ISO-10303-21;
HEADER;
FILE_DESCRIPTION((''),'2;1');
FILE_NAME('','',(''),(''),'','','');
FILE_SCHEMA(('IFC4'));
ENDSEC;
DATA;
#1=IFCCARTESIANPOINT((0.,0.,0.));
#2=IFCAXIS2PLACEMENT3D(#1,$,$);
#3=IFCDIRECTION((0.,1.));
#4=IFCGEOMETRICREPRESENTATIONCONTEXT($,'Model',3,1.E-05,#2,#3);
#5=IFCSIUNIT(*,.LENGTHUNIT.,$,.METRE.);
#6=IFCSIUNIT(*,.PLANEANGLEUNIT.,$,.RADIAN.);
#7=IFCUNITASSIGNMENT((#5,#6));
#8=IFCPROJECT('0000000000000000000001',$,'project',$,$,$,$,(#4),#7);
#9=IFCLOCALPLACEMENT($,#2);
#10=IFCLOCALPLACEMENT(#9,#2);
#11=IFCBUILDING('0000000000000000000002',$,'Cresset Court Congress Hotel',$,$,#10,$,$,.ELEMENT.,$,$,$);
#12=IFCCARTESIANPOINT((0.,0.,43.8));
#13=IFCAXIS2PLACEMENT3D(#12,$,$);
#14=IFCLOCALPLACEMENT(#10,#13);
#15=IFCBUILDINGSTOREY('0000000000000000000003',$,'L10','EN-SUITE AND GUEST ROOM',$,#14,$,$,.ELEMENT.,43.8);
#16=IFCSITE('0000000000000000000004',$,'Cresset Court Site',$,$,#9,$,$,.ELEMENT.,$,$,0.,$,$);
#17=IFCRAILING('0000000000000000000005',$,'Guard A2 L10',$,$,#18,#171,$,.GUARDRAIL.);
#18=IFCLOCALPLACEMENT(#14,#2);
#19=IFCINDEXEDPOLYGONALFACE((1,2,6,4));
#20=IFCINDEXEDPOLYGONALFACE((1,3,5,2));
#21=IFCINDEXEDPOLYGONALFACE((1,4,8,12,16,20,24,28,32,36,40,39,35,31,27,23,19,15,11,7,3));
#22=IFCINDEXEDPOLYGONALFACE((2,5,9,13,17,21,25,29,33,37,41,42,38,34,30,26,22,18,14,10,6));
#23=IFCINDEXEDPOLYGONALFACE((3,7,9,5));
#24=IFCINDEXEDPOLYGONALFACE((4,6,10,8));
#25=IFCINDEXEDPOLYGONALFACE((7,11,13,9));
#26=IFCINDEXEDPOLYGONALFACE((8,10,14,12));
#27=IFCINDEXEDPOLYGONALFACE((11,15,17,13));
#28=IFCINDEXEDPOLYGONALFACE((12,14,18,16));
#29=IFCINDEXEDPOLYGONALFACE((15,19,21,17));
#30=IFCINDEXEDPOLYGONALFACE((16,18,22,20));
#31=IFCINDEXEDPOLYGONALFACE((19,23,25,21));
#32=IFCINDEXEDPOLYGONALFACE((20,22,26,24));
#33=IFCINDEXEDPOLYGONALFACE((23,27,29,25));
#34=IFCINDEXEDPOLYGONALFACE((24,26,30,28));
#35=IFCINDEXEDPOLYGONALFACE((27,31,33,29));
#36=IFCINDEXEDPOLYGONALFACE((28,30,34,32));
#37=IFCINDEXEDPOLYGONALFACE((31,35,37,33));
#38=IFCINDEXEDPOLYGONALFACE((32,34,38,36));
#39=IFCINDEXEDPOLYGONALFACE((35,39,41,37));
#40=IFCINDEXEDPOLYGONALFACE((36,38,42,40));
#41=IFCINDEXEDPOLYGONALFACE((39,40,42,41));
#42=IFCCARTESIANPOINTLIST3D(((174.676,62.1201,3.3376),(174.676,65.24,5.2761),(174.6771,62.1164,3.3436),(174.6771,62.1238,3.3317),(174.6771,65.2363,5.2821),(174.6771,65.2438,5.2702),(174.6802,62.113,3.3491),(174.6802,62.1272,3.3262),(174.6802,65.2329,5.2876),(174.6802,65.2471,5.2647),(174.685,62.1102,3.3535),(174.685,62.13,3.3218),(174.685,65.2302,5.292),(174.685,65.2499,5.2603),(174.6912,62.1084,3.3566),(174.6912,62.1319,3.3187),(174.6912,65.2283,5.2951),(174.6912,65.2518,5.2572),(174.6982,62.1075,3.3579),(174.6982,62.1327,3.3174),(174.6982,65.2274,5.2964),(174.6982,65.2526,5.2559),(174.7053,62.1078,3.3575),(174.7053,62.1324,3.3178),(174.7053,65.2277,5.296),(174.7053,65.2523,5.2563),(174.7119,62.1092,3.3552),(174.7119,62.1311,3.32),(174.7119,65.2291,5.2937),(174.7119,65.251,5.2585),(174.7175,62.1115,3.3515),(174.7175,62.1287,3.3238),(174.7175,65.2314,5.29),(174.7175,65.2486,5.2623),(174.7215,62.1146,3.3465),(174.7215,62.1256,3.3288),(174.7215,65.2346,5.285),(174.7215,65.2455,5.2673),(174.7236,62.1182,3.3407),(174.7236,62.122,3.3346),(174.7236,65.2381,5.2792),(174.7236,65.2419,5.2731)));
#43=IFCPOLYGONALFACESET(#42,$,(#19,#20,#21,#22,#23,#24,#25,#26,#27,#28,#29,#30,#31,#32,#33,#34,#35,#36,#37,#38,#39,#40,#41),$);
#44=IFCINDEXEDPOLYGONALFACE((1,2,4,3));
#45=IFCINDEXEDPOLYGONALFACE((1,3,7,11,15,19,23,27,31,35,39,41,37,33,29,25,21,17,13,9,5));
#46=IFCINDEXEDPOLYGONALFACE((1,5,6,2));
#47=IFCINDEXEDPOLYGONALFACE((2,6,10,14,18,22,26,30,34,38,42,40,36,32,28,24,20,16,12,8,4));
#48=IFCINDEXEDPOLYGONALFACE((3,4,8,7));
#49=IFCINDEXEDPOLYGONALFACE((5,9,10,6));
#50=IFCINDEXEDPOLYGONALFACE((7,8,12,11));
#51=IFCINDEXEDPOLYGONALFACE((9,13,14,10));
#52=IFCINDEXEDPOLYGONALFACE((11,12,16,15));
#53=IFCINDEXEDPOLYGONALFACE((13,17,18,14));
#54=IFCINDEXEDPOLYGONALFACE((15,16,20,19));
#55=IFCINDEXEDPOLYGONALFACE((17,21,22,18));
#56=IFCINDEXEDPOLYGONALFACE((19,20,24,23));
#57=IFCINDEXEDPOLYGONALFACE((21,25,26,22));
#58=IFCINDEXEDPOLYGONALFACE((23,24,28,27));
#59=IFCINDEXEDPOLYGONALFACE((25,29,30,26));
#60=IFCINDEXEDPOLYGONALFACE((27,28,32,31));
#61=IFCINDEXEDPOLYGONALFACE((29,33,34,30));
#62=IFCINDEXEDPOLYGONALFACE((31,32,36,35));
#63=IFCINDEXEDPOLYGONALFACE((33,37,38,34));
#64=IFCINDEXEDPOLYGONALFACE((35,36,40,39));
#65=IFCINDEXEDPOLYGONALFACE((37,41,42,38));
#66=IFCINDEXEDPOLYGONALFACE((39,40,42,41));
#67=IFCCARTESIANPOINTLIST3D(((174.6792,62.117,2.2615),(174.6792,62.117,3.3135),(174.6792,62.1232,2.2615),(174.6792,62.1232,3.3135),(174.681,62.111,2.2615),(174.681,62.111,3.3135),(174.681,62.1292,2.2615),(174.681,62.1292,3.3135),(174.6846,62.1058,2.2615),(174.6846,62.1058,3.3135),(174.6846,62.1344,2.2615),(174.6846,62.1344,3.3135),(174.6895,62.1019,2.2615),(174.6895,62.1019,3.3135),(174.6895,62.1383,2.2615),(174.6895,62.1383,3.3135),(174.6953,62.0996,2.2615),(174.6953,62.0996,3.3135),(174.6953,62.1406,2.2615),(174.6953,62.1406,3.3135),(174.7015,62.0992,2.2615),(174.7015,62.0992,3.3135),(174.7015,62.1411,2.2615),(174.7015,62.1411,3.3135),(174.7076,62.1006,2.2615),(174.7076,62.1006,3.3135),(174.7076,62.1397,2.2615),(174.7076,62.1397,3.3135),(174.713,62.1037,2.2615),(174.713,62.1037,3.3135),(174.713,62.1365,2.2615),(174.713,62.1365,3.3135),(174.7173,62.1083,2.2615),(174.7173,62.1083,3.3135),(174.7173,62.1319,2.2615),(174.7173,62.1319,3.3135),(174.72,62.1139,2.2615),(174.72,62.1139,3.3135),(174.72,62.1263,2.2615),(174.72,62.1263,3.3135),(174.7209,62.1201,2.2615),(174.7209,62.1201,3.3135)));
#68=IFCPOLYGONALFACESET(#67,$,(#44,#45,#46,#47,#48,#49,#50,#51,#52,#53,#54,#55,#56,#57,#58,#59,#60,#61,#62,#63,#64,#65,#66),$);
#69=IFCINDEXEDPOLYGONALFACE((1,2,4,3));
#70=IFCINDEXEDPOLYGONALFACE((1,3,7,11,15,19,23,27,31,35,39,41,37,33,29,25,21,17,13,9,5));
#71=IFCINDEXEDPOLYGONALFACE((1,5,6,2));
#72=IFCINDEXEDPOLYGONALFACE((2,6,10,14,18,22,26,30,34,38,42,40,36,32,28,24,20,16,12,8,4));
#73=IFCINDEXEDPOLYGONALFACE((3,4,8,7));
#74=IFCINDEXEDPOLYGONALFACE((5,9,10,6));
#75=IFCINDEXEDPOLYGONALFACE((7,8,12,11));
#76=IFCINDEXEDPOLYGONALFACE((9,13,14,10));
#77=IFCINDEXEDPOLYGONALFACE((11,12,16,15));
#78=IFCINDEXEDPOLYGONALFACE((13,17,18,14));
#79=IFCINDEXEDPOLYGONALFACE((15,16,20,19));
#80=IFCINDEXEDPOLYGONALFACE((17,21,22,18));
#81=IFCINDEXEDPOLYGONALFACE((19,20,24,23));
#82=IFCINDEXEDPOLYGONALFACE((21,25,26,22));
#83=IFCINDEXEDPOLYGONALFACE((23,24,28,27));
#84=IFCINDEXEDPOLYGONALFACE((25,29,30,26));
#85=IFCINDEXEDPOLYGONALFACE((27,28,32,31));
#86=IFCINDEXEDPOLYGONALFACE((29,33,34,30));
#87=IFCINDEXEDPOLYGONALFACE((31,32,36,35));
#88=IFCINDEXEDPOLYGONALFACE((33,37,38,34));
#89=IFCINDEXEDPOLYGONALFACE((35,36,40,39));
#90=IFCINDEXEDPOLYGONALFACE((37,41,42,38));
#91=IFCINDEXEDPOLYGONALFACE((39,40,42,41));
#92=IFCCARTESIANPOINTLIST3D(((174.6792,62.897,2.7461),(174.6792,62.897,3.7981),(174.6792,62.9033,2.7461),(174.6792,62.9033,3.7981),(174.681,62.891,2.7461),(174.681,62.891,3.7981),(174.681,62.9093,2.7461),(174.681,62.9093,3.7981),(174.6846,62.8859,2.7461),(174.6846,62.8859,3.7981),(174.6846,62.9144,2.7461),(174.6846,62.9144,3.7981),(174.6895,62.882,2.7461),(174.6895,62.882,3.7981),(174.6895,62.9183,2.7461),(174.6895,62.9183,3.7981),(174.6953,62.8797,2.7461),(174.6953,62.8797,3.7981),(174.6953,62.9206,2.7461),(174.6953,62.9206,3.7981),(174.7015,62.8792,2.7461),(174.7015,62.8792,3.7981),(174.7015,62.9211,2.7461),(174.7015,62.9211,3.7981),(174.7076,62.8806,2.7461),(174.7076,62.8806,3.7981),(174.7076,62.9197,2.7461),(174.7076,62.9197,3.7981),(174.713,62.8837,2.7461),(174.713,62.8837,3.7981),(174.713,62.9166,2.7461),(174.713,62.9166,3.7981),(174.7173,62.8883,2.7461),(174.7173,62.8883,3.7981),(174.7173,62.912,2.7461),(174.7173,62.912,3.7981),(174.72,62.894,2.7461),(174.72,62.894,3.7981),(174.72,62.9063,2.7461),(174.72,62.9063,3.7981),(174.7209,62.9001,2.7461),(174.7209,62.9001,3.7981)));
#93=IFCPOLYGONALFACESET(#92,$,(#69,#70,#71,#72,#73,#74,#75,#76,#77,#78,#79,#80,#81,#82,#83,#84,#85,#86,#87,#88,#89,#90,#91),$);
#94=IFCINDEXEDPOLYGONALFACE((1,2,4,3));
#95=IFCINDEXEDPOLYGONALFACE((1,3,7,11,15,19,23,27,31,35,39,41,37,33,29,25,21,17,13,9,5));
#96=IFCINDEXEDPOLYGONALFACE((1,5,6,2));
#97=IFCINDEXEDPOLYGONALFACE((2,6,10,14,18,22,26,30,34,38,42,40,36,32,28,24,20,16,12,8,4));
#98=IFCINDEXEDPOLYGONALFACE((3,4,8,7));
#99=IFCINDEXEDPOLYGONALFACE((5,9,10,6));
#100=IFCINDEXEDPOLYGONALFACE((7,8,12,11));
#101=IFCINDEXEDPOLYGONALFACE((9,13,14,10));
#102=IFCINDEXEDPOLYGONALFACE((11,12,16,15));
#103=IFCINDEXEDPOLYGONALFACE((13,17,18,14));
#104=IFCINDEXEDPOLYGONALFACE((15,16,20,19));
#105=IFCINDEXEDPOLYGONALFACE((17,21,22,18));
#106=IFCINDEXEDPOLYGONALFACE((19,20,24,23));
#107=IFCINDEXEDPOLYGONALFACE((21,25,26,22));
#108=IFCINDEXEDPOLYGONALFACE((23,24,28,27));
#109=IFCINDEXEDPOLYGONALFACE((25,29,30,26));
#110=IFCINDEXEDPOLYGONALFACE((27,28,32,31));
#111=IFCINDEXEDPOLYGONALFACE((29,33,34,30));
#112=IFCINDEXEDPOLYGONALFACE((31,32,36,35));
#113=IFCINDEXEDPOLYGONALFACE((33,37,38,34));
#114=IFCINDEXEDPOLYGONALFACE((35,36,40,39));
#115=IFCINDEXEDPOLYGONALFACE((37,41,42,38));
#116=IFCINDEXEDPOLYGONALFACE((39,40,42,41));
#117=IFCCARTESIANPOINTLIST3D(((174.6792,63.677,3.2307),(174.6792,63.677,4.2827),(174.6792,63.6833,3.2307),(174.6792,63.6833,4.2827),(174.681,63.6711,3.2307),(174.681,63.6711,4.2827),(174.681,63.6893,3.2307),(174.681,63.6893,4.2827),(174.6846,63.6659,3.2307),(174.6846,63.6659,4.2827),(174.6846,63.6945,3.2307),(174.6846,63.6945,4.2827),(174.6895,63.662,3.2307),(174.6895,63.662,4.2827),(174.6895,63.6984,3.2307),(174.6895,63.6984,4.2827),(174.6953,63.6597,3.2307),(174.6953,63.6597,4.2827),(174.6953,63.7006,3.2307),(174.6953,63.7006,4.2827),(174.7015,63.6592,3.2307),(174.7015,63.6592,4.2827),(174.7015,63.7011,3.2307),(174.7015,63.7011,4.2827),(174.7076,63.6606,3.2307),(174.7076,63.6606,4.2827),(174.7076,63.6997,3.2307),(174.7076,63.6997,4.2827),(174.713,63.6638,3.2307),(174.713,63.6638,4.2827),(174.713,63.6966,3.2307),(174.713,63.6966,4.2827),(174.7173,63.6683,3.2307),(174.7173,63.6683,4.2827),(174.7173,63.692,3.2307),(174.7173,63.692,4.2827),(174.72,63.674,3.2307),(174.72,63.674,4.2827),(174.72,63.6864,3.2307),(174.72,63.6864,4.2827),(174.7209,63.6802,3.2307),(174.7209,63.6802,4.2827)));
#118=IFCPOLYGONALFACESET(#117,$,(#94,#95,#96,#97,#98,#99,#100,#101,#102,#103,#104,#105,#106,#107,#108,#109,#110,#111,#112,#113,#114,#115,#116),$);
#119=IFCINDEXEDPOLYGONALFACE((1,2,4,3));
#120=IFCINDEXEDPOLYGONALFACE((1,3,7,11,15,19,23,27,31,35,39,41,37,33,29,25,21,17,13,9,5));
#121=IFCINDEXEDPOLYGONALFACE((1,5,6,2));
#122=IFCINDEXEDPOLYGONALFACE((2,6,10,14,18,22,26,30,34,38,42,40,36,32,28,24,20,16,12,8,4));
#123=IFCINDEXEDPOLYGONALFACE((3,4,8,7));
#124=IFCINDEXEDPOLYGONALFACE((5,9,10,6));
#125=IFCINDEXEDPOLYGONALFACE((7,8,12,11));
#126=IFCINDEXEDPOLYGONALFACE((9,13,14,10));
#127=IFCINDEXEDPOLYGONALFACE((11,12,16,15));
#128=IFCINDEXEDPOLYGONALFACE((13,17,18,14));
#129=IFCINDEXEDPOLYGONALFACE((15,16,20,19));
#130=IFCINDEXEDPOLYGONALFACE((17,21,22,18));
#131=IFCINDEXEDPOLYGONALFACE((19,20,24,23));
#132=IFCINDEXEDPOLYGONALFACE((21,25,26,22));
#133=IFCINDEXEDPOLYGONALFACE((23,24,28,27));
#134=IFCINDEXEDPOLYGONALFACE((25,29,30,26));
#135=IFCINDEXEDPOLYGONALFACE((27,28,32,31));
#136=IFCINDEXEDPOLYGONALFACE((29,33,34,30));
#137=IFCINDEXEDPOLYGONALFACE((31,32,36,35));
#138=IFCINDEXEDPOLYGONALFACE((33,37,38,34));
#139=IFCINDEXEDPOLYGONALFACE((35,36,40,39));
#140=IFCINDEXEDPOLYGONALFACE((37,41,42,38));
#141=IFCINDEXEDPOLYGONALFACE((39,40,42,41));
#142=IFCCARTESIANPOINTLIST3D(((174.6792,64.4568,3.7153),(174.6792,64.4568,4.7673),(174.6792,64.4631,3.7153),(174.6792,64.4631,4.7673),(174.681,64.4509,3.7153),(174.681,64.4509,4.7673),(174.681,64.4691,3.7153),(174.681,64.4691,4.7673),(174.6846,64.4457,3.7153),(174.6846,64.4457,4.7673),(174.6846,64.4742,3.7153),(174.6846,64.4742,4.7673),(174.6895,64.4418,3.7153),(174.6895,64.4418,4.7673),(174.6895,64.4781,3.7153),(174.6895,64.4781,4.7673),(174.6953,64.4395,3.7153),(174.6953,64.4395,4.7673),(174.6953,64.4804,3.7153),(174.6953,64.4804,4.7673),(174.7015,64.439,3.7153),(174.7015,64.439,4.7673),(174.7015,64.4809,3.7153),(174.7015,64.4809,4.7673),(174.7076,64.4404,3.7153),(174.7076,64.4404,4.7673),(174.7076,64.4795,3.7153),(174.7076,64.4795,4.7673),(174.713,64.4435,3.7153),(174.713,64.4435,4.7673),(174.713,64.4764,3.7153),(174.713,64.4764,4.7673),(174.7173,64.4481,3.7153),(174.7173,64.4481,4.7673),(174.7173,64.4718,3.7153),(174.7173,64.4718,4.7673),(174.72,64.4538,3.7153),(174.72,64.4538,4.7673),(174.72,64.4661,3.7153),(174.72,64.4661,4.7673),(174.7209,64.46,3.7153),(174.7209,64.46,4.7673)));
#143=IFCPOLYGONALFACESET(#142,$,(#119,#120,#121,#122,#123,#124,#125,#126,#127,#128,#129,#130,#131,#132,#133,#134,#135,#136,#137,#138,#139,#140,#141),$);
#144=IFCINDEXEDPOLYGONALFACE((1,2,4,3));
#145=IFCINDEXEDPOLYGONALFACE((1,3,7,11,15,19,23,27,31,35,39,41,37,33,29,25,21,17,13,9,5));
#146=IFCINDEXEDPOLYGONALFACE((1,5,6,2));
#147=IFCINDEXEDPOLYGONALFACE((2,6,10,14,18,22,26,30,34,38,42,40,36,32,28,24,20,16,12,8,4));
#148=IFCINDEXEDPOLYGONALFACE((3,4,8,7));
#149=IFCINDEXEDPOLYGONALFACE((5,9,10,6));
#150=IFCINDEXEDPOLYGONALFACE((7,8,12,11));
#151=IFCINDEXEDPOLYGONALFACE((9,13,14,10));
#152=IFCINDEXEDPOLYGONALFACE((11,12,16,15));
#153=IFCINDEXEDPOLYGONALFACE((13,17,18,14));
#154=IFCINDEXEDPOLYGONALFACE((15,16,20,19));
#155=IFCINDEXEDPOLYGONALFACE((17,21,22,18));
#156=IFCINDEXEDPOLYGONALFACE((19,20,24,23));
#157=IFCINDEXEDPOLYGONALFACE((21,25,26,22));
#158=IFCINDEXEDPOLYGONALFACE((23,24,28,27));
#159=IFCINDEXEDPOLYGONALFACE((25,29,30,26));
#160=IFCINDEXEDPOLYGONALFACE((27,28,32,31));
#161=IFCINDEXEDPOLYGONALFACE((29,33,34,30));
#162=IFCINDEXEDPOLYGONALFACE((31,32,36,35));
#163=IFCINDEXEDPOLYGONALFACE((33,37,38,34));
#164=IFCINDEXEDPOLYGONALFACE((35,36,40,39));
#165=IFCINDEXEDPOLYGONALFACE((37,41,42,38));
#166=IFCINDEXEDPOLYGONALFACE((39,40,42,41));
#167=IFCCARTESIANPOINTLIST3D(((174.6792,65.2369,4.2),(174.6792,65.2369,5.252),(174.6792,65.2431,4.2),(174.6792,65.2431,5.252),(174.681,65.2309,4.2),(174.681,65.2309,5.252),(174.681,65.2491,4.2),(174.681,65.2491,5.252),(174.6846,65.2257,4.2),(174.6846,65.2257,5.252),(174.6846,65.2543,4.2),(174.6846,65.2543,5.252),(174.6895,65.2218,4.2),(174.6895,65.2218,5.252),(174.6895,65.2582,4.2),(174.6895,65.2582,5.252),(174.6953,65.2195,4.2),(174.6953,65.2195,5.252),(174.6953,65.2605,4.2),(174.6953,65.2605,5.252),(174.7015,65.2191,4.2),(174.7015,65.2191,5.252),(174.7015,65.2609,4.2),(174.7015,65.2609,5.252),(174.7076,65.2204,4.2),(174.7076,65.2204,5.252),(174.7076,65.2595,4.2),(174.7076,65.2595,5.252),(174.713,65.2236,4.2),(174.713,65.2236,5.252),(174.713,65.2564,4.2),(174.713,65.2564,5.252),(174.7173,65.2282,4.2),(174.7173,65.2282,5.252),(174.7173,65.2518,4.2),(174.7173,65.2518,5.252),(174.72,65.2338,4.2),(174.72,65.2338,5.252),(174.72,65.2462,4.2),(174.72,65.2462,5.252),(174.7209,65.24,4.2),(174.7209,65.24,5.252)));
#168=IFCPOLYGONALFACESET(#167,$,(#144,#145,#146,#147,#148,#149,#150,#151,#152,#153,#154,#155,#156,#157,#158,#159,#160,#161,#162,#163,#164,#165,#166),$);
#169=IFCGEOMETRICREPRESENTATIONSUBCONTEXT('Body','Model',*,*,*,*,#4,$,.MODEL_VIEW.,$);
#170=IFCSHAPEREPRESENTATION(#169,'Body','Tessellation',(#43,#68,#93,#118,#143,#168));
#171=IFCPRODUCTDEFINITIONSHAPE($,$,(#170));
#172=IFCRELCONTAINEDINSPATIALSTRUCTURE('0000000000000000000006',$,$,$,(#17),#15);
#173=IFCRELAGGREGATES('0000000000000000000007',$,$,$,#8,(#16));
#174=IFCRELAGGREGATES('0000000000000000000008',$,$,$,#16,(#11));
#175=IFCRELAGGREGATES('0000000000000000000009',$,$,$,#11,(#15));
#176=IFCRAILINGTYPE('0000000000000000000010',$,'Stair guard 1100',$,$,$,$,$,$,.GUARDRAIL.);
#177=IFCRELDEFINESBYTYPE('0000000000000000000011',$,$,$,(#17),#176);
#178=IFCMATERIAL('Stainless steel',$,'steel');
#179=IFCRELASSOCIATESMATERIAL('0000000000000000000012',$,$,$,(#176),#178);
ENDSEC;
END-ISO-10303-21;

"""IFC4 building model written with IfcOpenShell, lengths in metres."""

from ifc_helpers import new_model, si_unit, direction, frame, origin, origin_2d, place, context, subcontext, project, spatial, circle, extrude, material, type_object, element, save


model = new_model("IFC4")

# Units and contexts
model_context = context("Model", 3, precision=1e-05, world=origin(), true_north=direction((0.0, 1.0)))
body_context = subcontext(model_context, "Body", "Model", "MODEL_VIEW")
ifc_project = project(units=[si_unit("LENGTHUNIT", "METRE"), si_unit("PLANEANGLEUNIT", "RADIAN")], contexts=[model_context])

# Site, building, storey
site_placement = place(None, origin())
site = spatial("IfcSite", under=ifc_project, at=site_placement, Name="Cresset Court Site", CompositionType="ELEMENT", RefElevation=0.0)
building_placement = place(site_placement, origin())
building = spatial("IfcBuilding", under=site, at=building_placement, Name="Cresset Court Congress Hotel", CompositionType="ELEMENT")
storey_placement = place(building_placement, frame((0.0, 0.0, 43.8)))
storey = spatial("IfcBuildingStorey", under=building, at=storey_placement, Name="L10", Description="EN-SUITE AND GUEST ROOM", CompositionType="ELEMENT", Elevation=43.8)

# Railing
ifc_material_1 = material(Name="Stainless steel", Category="steel")
railing_type_1 = type_object("IfcRailingType", Name="Stair guard 1100", PredefinedType="GUARDRAIL", material=ifc_material_1)
railing_1_placement = place(storey_placement, frame((174.7, 62.1201, 2.2615)))
element("IfcRailing", 1, at=railing_1_placement, inside=storey, type_object=railing_type_1, Name="Guard A2 L10", PredefinedType="GUARDRAIL", context=body_context, shape_type="SweptSolid", body=[
    extrude(circle(Radius=0.0239, at=origin_2d()), frame((0.0, 0.0, 1.0762), z_axis=(0.0, 0.849396, 0.527757), x_axis=(-1.0, 0.0, 0.0)), (0.0, 0.0, 1.0), 3.6731),
    extrude(circle(Radius=0.021, at=origin_2d()), origin(), (0.0, 0.0, 1.0), 1.052),
    extrude(circle(Radius=0.021, at=origin_2d()), frame((0.0, 0.78, 0.4846)), (0.0, 0.0, 1.0), 1.052),
    extrude(circle(Radius=0.021, at=origin_2d()), frame((0.0, 1.5601, 0.9692)), (0.0, 0.0, 1.0), 1.052),
    extrude(circle(Radius=0.021, at=origin_2d()), frame((0.0, 2.3398, 1.4539)), (0.0, 0.0, 1.0), 1.052),
    extrude(circle(Radius=0.021, at=origin_2d()), frame((0.0, 3.1199, 1.9385)), (0.0, 0.0, 1.0), 1.052),
])

save(model, "model.ifc")
